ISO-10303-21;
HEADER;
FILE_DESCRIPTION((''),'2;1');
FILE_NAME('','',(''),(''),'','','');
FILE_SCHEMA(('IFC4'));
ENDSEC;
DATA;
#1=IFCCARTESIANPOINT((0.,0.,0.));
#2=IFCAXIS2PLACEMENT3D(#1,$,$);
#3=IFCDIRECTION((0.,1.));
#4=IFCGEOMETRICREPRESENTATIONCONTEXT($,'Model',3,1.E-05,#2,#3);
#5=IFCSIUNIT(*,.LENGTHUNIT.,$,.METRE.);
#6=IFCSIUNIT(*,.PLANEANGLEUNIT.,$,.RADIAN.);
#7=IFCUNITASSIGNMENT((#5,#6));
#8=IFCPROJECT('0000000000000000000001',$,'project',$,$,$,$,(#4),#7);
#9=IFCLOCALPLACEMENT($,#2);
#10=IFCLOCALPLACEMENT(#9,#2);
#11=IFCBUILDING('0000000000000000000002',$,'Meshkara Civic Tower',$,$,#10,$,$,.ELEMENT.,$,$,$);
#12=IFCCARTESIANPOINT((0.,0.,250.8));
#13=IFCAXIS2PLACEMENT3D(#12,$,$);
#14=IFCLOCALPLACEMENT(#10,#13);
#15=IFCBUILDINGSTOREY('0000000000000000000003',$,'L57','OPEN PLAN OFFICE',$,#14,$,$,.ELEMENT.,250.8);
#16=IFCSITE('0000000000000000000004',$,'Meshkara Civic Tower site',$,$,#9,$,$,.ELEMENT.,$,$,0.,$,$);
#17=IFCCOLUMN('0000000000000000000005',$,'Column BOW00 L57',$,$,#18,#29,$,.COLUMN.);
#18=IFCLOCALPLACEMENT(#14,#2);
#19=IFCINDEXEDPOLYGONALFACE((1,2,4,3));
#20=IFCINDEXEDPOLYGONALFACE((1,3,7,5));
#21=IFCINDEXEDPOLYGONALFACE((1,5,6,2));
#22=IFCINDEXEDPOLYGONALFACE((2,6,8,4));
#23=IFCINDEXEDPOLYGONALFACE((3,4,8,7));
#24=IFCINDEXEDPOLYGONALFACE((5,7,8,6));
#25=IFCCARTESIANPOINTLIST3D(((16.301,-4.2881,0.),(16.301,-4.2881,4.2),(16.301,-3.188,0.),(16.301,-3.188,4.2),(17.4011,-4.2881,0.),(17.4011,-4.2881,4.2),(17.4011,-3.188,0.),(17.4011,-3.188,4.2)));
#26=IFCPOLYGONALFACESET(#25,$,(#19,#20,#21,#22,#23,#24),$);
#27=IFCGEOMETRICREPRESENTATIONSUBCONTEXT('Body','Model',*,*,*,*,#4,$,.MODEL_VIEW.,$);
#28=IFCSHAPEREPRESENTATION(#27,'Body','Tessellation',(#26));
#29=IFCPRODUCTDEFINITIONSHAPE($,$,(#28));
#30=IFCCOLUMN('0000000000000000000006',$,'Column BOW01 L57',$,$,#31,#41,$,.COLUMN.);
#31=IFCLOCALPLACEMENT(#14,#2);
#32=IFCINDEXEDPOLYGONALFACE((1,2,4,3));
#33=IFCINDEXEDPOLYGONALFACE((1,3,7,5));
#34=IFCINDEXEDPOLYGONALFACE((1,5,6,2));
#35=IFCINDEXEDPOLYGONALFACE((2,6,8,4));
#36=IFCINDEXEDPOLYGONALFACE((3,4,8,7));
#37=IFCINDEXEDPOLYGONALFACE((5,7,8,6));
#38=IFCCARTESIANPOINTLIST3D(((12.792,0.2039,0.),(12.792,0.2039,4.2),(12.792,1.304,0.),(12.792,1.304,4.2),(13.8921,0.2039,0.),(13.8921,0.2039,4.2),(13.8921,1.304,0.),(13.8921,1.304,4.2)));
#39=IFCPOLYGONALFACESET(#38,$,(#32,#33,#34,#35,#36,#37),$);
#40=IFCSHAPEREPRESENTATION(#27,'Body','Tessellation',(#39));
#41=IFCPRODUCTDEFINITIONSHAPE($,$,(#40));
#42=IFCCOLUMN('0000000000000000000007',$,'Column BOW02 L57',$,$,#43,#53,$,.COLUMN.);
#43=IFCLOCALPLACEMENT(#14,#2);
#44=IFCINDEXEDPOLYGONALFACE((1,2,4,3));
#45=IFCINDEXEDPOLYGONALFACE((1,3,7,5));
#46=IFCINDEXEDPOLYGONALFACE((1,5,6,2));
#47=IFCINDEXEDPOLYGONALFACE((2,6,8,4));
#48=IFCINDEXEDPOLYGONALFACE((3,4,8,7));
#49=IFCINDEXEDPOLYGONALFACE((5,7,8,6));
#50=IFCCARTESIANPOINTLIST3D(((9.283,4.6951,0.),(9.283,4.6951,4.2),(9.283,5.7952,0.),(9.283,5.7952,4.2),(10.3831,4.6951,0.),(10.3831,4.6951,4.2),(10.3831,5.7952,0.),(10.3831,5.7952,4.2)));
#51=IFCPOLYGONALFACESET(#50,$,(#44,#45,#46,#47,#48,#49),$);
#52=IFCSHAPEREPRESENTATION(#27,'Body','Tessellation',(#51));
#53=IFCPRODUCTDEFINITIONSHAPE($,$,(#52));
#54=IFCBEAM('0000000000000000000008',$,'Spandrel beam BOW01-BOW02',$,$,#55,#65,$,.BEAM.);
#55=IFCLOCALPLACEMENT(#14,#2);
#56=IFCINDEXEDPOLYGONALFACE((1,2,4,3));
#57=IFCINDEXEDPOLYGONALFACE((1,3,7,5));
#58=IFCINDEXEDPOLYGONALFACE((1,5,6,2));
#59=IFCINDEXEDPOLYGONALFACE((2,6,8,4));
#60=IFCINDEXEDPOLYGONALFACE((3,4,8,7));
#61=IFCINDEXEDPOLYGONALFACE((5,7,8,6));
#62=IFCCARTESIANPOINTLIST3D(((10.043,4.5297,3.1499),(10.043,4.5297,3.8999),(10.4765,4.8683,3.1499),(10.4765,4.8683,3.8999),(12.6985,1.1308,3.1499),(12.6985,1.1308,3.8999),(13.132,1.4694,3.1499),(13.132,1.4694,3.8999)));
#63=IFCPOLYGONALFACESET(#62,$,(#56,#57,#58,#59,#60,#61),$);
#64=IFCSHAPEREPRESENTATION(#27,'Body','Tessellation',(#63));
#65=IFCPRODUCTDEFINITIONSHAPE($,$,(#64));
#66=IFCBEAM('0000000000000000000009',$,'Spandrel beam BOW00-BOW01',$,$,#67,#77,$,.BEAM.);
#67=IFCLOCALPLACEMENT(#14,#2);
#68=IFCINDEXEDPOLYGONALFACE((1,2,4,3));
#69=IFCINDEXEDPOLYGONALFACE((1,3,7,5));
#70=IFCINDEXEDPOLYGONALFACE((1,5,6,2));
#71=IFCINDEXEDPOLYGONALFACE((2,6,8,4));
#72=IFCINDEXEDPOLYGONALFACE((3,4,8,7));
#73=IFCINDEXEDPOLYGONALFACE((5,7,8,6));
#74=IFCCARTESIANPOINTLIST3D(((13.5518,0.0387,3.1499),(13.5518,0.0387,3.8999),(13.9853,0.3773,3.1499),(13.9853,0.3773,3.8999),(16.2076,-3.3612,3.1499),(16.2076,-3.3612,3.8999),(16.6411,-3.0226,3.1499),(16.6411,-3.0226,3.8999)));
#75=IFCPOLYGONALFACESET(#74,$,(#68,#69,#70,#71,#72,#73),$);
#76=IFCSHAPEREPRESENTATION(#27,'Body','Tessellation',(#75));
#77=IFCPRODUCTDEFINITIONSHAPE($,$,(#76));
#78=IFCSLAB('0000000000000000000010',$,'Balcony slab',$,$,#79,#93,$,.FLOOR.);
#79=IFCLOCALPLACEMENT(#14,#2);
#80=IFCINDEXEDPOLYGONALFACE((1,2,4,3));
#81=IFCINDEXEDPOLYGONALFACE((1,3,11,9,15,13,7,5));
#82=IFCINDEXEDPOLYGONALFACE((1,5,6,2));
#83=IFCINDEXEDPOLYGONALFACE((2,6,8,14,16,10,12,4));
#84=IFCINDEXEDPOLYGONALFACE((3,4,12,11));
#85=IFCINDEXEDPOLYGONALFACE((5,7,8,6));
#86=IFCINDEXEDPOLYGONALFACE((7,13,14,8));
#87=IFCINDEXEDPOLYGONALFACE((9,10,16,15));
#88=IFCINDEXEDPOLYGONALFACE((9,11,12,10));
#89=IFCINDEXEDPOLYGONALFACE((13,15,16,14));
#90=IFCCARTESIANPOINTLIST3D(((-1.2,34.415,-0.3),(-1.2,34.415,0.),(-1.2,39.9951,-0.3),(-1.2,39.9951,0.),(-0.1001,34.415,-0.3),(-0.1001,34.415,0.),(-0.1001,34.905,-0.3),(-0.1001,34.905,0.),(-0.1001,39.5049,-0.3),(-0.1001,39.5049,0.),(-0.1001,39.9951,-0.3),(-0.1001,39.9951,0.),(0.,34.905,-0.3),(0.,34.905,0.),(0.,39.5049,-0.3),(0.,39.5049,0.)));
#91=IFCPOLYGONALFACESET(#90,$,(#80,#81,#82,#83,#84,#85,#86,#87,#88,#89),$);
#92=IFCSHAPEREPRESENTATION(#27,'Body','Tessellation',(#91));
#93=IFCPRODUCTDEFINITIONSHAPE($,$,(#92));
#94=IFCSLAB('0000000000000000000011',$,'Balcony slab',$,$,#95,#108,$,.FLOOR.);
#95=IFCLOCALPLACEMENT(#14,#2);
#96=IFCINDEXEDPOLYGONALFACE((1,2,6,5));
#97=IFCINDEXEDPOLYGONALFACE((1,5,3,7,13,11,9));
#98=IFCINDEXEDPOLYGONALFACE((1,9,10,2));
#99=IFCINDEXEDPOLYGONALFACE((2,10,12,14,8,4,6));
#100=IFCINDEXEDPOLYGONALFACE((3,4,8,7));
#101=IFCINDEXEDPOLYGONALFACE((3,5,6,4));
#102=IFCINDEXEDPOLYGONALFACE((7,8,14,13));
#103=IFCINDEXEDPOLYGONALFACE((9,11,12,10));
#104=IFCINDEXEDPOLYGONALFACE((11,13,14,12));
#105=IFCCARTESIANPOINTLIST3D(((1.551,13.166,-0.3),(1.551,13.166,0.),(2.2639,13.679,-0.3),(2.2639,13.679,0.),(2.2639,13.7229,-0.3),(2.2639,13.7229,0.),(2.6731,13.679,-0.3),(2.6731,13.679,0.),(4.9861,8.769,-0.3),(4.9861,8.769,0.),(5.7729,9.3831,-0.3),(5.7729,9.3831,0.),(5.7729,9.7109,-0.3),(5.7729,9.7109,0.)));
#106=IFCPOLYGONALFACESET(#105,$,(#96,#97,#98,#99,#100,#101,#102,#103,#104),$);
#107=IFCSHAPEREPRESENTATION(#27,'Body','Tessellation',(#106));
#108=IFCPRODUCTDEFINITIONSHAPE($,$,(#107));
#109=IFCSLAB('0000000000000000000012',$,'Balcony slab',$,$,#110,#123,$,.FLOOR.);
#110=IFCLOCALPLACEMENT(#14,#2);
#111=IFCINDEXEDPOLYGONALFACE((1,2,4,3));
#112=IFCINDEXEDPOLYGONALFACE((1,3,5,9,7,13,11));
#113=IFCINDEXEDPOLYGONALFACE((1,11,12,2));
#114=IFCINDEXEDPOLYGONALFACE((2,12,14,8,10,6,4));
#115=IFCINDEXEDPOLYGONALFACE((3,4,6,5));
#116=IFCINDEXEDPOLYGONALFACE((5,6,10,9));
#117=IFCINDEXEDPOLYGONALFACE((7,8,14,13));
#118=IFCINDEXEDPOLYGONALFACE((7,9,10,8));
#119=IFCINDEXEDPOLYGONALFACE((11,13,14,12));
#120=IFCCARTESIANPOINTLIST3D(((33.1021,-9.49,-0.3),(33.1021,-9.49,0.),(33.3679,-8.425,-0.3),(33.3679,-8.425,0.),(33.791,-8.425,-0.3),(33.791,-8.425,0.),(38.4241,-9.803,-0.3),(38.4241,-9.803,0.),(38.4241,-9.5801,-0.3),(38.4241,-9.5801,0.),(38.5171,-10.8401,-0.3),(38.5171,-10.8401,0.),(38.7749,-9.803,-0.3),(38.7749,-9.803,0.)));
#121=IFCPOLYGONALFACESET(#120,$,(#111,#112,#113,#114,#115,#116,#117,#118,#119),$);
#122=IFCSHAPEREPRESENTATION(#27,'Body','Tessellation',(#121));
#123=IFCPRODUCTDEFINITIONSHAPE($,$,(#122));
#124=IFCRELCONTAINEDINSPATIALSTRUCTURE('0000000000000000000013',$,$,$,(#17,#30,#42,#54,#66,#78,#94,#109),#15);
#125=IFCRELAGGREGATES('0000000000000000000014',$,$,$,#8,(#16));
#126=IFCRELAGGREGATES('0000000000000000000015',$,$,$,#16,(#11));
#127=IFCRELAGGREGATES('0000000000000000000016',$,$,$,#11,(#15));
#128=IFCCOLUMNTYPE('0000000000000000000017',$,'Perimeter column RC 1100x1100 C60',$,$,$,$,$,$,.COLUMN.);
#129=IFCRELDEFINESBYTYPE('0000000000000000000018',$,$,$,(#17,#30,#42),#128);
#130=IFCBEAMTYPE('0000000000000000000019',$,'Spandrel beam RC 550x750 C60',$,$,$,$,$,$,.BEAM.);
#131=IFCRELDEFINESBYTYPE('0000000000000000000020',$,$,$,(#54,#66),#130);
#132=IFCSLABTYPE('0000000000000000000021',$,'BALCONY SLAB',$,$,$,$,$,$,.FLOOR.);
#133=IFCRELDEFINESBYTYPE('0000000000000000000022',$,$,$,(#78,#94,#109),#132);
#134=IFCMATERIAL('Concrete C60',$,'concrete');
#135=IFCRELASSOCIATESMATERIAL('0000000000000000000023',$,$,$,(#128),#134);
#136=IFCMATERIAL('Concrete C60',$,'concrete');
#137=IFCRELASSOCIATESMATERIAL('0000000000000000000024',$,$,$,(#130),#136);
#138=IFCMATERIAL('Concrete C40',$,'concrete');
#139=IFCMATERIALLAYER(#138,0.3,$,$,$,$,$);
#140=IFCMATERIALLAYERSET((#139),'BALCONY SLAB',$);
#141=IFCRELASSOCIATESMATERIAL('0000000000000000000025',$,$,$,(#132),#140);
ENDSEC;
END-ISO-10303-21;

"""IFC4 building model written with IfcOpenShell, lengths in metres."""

from ifc_helpers import new_model, si_unit, direction, frame, origin, origin_2d, place, context, subcontext, project, spatial, polyline, rectangle, outline, extrude, material, layer, layer_set, material_profile, profile_set, type_object, element, save


model = new_model("IFC4")

# Units and contexts
model_context = context("Model", 3, precision=1e-05, world=origin(), true_north=direction((0.0, 1.0)))
body_context = subcontext(model_context, "Body", "Model", "MODEL_VIEW")
ifc_project = project(units=[si_unit("LENGTHUNIT", "METRE"), si_unit("PLANEANGLEUNIT", "RADIAN")], contexts=[model_context])

# Site, building, storey
site_placement = place(None, origin())
site = spatial("IfcSite", under=ifc_project, at=site_placement, Name="Meshkara Civic Tower site", CompositionType="ELEMENT", RefElevation=0.0)
building_placement = place(site_placement, origin())
building = spatial("IfcBuilding", under=site, at=building_placement, Name="Meshkara Civic Tower", CompositionType="ELEMENT")
storey_placement = place(building_placement, frame((0.0, 0.0, 250.8)))
storey = spatial("IfcBuildingStorey", under=building, at=storey_placement, Name="L57", Description="OPEN PLAN OFFICE", CompositionType="ELEMENT", Elevation=250.8)

# Columns
ifc_material_1 = material(Name="Concrete C60", Category="concrete")
ifc_material_profile_1 = material_profile(ifc_material_1, rectangle(XDim=1.1001, YDim=1.1001, at=origin_2d()))
ifc_profile_set_1 = profile_set([ifc_material_profile_1], Name="Concrete C60")
column_type = type_object("IfcColumnType", Name="Perimeter column RC 1100x1100 C60", PredefinedType="COLUMN", material=ifc_profile_set_1)
for number, where, z_axis, x_axis, name in (
    (1, (16.8511, -3.738, 0.0), (0.0, 0.0, 1.0), (1.0, 0.0, 0.0), "Column BOW00 L57"),
    (2, (13.342, 0.7539, 0.0), (0.0, 0.0, 1.0), (1.0, 0.0, 0.0), "Column BOW01 L57"),
    (3, (9.833, 5.2451, 0.0), (0.0, 0.0, 1.0), (1.0, 0.0, 0.0), "Column BOW02 L57"),
):
    element("IfcColumn", number, at=place(storey_placement, frame(where, z_axis=z_axis, x_axis=x_axis)), inside=storey, type_object=column_type, Name=name, PredefinedType="COLUMN", context=body_context, shape_type="SweptSolid", body=[
        extrude(rectangle(XDim=1.1001, YDim=1.1001, at=origin_2d()), origin(), (0.0, 0.0, 1.0), 4.2),
    ])

# Beams
ifc_material_2 = material(Name="Concrete C60", Category="concrete")
ifc_material_profile_2 = material_profile(ifc_material_2, rectangle(XDim=0.55, YDim=0.75, at=origin_2d()))
ifc_profile_set_2 = profile_set([ifc_material_profile_2], Name="Concrete C60")
beam_type = type_object("IfcBeamType", Name="Spandrel beam RC 550x750 C60", PredefinedType="BEAM", material=ifc_profile_set_2)
beam_1_placement = place(storey_placement, frame((10.2598, 4.699, 3.5249), z_axis=(0.615659, -0.788012, 0.0), x_axis=(0.788012, 0.615659, 0.0)))
element("IfcBeam", 4, at=beam_1_placement, inside=storey, type_object=beam_type, Name="Spandrel beam BOW01-BOW02", PredefinedType="BEAM", context=body_context, shape_type="SweptSolid", body=[
    extrude(rectangle(XDim=0.55, YDim=0.75, at=origin_2d()), origin(), (0.0, 0.0, 1.0), 4.3132),
])
beam_2_placement = place(storey_placement, frame((13.7686, 0.208, 3.5249), z_axis=(0.615585, -0.788071, 0.0), x_axis=(0.788071, 0.615585, 0.0)))
element("IfcBeam", 5, at=beam_2_placement, inside=storey, type_object=beam_type, Name="Spandrel beam BOW00-BOW01", PredefinedType="BEAM", context=body_context, shape_type="SweptSolid", body=[
    extrude(rectangle(XDim=0.55, YDim=0.75, at=origin_2d()), origin(), (0.0, 0.0, 1.0), 4.3142),
])

# Slabs
ifc_material_3 = material(Name="Concrete C40", Category="concrete")
ifc_layer_1 = layer(ifc_material_3, 0.3)
ifc_layer_set_1 = layer_set([ifc_layer_1], Name="BALCONY SLAB")
slab_type_1 = type_object("IfcSlabType", Name="BALCONY SLAB", PredefinedType="FLOOR", material=ifc_layer_set_1)
slab_1_placement = place(storey_placement, frame((0.0, 0.0, -0.3)))
element("IfcSlab", 6, at=slab_1_placement, inside=storey, type_object=slab_type_1, Name="Balcony slab", PredefinedType="FLOOR", context=body_context, shape_type="SweptSolid", body=[
    extrude(outline(polyline([(-1.2, 34.415), (-1.2, 39.9951), (-0.1001, 39.9951), (-0.1001, 39.5049), (0.0, 39.5049), (0.0, 34.905), (-0.1001, 34.905), (-0.1001, 34.415), (-1.2, 34.415)])), origin(), (0.0, 0.0, 1.0), 0.3),
])
slab_2_placement = place(storey_placement, frame((0.0, 0.0, -0.3)))
element("IfcSlab", 7, at=slab_2_placement, inside=storey, type_object=slab_type_1, Name="Balcony slab", PredefinedType="FLOOR", context=body_context, shape_type="SweptSolid", body=[
    extrude(outline(polyline([(4.9861, 8.769), (1.551, 13.166), (2.2639, 13.7229), (2.2639, 13.679), (2.6731, 13.679), (5.7729, 9.7109), (5.7729, 9.3831), (4.9861, 8.769)])), origin(), (0.0, 0.0, 1.0), 0.3),
])
slab_3_placement = place(storey_placement, frame((0.0, 0.0, -0.3)))
element("IfcSlab", 8, at=slab_3_placement, inside=storey, type_object=slab_type_1, Name="Balcony slab", PredefinedType="FLOOR", context=body_context, shape_type="SweptSolid", body=[
    extrude(outline(polyline([(38.5171, -10.8401), (33.1021, -9.49), (33.3679, -8.425), (33.791, -8.425), (38.4241, -9.5801), (38.4241, -9.803), (38.7749, -9.803), (38.5171, -10.8401)])), origin(), (0.0, 0.0, 1.0), 0.3),
])

save(model, "model.ifc")
